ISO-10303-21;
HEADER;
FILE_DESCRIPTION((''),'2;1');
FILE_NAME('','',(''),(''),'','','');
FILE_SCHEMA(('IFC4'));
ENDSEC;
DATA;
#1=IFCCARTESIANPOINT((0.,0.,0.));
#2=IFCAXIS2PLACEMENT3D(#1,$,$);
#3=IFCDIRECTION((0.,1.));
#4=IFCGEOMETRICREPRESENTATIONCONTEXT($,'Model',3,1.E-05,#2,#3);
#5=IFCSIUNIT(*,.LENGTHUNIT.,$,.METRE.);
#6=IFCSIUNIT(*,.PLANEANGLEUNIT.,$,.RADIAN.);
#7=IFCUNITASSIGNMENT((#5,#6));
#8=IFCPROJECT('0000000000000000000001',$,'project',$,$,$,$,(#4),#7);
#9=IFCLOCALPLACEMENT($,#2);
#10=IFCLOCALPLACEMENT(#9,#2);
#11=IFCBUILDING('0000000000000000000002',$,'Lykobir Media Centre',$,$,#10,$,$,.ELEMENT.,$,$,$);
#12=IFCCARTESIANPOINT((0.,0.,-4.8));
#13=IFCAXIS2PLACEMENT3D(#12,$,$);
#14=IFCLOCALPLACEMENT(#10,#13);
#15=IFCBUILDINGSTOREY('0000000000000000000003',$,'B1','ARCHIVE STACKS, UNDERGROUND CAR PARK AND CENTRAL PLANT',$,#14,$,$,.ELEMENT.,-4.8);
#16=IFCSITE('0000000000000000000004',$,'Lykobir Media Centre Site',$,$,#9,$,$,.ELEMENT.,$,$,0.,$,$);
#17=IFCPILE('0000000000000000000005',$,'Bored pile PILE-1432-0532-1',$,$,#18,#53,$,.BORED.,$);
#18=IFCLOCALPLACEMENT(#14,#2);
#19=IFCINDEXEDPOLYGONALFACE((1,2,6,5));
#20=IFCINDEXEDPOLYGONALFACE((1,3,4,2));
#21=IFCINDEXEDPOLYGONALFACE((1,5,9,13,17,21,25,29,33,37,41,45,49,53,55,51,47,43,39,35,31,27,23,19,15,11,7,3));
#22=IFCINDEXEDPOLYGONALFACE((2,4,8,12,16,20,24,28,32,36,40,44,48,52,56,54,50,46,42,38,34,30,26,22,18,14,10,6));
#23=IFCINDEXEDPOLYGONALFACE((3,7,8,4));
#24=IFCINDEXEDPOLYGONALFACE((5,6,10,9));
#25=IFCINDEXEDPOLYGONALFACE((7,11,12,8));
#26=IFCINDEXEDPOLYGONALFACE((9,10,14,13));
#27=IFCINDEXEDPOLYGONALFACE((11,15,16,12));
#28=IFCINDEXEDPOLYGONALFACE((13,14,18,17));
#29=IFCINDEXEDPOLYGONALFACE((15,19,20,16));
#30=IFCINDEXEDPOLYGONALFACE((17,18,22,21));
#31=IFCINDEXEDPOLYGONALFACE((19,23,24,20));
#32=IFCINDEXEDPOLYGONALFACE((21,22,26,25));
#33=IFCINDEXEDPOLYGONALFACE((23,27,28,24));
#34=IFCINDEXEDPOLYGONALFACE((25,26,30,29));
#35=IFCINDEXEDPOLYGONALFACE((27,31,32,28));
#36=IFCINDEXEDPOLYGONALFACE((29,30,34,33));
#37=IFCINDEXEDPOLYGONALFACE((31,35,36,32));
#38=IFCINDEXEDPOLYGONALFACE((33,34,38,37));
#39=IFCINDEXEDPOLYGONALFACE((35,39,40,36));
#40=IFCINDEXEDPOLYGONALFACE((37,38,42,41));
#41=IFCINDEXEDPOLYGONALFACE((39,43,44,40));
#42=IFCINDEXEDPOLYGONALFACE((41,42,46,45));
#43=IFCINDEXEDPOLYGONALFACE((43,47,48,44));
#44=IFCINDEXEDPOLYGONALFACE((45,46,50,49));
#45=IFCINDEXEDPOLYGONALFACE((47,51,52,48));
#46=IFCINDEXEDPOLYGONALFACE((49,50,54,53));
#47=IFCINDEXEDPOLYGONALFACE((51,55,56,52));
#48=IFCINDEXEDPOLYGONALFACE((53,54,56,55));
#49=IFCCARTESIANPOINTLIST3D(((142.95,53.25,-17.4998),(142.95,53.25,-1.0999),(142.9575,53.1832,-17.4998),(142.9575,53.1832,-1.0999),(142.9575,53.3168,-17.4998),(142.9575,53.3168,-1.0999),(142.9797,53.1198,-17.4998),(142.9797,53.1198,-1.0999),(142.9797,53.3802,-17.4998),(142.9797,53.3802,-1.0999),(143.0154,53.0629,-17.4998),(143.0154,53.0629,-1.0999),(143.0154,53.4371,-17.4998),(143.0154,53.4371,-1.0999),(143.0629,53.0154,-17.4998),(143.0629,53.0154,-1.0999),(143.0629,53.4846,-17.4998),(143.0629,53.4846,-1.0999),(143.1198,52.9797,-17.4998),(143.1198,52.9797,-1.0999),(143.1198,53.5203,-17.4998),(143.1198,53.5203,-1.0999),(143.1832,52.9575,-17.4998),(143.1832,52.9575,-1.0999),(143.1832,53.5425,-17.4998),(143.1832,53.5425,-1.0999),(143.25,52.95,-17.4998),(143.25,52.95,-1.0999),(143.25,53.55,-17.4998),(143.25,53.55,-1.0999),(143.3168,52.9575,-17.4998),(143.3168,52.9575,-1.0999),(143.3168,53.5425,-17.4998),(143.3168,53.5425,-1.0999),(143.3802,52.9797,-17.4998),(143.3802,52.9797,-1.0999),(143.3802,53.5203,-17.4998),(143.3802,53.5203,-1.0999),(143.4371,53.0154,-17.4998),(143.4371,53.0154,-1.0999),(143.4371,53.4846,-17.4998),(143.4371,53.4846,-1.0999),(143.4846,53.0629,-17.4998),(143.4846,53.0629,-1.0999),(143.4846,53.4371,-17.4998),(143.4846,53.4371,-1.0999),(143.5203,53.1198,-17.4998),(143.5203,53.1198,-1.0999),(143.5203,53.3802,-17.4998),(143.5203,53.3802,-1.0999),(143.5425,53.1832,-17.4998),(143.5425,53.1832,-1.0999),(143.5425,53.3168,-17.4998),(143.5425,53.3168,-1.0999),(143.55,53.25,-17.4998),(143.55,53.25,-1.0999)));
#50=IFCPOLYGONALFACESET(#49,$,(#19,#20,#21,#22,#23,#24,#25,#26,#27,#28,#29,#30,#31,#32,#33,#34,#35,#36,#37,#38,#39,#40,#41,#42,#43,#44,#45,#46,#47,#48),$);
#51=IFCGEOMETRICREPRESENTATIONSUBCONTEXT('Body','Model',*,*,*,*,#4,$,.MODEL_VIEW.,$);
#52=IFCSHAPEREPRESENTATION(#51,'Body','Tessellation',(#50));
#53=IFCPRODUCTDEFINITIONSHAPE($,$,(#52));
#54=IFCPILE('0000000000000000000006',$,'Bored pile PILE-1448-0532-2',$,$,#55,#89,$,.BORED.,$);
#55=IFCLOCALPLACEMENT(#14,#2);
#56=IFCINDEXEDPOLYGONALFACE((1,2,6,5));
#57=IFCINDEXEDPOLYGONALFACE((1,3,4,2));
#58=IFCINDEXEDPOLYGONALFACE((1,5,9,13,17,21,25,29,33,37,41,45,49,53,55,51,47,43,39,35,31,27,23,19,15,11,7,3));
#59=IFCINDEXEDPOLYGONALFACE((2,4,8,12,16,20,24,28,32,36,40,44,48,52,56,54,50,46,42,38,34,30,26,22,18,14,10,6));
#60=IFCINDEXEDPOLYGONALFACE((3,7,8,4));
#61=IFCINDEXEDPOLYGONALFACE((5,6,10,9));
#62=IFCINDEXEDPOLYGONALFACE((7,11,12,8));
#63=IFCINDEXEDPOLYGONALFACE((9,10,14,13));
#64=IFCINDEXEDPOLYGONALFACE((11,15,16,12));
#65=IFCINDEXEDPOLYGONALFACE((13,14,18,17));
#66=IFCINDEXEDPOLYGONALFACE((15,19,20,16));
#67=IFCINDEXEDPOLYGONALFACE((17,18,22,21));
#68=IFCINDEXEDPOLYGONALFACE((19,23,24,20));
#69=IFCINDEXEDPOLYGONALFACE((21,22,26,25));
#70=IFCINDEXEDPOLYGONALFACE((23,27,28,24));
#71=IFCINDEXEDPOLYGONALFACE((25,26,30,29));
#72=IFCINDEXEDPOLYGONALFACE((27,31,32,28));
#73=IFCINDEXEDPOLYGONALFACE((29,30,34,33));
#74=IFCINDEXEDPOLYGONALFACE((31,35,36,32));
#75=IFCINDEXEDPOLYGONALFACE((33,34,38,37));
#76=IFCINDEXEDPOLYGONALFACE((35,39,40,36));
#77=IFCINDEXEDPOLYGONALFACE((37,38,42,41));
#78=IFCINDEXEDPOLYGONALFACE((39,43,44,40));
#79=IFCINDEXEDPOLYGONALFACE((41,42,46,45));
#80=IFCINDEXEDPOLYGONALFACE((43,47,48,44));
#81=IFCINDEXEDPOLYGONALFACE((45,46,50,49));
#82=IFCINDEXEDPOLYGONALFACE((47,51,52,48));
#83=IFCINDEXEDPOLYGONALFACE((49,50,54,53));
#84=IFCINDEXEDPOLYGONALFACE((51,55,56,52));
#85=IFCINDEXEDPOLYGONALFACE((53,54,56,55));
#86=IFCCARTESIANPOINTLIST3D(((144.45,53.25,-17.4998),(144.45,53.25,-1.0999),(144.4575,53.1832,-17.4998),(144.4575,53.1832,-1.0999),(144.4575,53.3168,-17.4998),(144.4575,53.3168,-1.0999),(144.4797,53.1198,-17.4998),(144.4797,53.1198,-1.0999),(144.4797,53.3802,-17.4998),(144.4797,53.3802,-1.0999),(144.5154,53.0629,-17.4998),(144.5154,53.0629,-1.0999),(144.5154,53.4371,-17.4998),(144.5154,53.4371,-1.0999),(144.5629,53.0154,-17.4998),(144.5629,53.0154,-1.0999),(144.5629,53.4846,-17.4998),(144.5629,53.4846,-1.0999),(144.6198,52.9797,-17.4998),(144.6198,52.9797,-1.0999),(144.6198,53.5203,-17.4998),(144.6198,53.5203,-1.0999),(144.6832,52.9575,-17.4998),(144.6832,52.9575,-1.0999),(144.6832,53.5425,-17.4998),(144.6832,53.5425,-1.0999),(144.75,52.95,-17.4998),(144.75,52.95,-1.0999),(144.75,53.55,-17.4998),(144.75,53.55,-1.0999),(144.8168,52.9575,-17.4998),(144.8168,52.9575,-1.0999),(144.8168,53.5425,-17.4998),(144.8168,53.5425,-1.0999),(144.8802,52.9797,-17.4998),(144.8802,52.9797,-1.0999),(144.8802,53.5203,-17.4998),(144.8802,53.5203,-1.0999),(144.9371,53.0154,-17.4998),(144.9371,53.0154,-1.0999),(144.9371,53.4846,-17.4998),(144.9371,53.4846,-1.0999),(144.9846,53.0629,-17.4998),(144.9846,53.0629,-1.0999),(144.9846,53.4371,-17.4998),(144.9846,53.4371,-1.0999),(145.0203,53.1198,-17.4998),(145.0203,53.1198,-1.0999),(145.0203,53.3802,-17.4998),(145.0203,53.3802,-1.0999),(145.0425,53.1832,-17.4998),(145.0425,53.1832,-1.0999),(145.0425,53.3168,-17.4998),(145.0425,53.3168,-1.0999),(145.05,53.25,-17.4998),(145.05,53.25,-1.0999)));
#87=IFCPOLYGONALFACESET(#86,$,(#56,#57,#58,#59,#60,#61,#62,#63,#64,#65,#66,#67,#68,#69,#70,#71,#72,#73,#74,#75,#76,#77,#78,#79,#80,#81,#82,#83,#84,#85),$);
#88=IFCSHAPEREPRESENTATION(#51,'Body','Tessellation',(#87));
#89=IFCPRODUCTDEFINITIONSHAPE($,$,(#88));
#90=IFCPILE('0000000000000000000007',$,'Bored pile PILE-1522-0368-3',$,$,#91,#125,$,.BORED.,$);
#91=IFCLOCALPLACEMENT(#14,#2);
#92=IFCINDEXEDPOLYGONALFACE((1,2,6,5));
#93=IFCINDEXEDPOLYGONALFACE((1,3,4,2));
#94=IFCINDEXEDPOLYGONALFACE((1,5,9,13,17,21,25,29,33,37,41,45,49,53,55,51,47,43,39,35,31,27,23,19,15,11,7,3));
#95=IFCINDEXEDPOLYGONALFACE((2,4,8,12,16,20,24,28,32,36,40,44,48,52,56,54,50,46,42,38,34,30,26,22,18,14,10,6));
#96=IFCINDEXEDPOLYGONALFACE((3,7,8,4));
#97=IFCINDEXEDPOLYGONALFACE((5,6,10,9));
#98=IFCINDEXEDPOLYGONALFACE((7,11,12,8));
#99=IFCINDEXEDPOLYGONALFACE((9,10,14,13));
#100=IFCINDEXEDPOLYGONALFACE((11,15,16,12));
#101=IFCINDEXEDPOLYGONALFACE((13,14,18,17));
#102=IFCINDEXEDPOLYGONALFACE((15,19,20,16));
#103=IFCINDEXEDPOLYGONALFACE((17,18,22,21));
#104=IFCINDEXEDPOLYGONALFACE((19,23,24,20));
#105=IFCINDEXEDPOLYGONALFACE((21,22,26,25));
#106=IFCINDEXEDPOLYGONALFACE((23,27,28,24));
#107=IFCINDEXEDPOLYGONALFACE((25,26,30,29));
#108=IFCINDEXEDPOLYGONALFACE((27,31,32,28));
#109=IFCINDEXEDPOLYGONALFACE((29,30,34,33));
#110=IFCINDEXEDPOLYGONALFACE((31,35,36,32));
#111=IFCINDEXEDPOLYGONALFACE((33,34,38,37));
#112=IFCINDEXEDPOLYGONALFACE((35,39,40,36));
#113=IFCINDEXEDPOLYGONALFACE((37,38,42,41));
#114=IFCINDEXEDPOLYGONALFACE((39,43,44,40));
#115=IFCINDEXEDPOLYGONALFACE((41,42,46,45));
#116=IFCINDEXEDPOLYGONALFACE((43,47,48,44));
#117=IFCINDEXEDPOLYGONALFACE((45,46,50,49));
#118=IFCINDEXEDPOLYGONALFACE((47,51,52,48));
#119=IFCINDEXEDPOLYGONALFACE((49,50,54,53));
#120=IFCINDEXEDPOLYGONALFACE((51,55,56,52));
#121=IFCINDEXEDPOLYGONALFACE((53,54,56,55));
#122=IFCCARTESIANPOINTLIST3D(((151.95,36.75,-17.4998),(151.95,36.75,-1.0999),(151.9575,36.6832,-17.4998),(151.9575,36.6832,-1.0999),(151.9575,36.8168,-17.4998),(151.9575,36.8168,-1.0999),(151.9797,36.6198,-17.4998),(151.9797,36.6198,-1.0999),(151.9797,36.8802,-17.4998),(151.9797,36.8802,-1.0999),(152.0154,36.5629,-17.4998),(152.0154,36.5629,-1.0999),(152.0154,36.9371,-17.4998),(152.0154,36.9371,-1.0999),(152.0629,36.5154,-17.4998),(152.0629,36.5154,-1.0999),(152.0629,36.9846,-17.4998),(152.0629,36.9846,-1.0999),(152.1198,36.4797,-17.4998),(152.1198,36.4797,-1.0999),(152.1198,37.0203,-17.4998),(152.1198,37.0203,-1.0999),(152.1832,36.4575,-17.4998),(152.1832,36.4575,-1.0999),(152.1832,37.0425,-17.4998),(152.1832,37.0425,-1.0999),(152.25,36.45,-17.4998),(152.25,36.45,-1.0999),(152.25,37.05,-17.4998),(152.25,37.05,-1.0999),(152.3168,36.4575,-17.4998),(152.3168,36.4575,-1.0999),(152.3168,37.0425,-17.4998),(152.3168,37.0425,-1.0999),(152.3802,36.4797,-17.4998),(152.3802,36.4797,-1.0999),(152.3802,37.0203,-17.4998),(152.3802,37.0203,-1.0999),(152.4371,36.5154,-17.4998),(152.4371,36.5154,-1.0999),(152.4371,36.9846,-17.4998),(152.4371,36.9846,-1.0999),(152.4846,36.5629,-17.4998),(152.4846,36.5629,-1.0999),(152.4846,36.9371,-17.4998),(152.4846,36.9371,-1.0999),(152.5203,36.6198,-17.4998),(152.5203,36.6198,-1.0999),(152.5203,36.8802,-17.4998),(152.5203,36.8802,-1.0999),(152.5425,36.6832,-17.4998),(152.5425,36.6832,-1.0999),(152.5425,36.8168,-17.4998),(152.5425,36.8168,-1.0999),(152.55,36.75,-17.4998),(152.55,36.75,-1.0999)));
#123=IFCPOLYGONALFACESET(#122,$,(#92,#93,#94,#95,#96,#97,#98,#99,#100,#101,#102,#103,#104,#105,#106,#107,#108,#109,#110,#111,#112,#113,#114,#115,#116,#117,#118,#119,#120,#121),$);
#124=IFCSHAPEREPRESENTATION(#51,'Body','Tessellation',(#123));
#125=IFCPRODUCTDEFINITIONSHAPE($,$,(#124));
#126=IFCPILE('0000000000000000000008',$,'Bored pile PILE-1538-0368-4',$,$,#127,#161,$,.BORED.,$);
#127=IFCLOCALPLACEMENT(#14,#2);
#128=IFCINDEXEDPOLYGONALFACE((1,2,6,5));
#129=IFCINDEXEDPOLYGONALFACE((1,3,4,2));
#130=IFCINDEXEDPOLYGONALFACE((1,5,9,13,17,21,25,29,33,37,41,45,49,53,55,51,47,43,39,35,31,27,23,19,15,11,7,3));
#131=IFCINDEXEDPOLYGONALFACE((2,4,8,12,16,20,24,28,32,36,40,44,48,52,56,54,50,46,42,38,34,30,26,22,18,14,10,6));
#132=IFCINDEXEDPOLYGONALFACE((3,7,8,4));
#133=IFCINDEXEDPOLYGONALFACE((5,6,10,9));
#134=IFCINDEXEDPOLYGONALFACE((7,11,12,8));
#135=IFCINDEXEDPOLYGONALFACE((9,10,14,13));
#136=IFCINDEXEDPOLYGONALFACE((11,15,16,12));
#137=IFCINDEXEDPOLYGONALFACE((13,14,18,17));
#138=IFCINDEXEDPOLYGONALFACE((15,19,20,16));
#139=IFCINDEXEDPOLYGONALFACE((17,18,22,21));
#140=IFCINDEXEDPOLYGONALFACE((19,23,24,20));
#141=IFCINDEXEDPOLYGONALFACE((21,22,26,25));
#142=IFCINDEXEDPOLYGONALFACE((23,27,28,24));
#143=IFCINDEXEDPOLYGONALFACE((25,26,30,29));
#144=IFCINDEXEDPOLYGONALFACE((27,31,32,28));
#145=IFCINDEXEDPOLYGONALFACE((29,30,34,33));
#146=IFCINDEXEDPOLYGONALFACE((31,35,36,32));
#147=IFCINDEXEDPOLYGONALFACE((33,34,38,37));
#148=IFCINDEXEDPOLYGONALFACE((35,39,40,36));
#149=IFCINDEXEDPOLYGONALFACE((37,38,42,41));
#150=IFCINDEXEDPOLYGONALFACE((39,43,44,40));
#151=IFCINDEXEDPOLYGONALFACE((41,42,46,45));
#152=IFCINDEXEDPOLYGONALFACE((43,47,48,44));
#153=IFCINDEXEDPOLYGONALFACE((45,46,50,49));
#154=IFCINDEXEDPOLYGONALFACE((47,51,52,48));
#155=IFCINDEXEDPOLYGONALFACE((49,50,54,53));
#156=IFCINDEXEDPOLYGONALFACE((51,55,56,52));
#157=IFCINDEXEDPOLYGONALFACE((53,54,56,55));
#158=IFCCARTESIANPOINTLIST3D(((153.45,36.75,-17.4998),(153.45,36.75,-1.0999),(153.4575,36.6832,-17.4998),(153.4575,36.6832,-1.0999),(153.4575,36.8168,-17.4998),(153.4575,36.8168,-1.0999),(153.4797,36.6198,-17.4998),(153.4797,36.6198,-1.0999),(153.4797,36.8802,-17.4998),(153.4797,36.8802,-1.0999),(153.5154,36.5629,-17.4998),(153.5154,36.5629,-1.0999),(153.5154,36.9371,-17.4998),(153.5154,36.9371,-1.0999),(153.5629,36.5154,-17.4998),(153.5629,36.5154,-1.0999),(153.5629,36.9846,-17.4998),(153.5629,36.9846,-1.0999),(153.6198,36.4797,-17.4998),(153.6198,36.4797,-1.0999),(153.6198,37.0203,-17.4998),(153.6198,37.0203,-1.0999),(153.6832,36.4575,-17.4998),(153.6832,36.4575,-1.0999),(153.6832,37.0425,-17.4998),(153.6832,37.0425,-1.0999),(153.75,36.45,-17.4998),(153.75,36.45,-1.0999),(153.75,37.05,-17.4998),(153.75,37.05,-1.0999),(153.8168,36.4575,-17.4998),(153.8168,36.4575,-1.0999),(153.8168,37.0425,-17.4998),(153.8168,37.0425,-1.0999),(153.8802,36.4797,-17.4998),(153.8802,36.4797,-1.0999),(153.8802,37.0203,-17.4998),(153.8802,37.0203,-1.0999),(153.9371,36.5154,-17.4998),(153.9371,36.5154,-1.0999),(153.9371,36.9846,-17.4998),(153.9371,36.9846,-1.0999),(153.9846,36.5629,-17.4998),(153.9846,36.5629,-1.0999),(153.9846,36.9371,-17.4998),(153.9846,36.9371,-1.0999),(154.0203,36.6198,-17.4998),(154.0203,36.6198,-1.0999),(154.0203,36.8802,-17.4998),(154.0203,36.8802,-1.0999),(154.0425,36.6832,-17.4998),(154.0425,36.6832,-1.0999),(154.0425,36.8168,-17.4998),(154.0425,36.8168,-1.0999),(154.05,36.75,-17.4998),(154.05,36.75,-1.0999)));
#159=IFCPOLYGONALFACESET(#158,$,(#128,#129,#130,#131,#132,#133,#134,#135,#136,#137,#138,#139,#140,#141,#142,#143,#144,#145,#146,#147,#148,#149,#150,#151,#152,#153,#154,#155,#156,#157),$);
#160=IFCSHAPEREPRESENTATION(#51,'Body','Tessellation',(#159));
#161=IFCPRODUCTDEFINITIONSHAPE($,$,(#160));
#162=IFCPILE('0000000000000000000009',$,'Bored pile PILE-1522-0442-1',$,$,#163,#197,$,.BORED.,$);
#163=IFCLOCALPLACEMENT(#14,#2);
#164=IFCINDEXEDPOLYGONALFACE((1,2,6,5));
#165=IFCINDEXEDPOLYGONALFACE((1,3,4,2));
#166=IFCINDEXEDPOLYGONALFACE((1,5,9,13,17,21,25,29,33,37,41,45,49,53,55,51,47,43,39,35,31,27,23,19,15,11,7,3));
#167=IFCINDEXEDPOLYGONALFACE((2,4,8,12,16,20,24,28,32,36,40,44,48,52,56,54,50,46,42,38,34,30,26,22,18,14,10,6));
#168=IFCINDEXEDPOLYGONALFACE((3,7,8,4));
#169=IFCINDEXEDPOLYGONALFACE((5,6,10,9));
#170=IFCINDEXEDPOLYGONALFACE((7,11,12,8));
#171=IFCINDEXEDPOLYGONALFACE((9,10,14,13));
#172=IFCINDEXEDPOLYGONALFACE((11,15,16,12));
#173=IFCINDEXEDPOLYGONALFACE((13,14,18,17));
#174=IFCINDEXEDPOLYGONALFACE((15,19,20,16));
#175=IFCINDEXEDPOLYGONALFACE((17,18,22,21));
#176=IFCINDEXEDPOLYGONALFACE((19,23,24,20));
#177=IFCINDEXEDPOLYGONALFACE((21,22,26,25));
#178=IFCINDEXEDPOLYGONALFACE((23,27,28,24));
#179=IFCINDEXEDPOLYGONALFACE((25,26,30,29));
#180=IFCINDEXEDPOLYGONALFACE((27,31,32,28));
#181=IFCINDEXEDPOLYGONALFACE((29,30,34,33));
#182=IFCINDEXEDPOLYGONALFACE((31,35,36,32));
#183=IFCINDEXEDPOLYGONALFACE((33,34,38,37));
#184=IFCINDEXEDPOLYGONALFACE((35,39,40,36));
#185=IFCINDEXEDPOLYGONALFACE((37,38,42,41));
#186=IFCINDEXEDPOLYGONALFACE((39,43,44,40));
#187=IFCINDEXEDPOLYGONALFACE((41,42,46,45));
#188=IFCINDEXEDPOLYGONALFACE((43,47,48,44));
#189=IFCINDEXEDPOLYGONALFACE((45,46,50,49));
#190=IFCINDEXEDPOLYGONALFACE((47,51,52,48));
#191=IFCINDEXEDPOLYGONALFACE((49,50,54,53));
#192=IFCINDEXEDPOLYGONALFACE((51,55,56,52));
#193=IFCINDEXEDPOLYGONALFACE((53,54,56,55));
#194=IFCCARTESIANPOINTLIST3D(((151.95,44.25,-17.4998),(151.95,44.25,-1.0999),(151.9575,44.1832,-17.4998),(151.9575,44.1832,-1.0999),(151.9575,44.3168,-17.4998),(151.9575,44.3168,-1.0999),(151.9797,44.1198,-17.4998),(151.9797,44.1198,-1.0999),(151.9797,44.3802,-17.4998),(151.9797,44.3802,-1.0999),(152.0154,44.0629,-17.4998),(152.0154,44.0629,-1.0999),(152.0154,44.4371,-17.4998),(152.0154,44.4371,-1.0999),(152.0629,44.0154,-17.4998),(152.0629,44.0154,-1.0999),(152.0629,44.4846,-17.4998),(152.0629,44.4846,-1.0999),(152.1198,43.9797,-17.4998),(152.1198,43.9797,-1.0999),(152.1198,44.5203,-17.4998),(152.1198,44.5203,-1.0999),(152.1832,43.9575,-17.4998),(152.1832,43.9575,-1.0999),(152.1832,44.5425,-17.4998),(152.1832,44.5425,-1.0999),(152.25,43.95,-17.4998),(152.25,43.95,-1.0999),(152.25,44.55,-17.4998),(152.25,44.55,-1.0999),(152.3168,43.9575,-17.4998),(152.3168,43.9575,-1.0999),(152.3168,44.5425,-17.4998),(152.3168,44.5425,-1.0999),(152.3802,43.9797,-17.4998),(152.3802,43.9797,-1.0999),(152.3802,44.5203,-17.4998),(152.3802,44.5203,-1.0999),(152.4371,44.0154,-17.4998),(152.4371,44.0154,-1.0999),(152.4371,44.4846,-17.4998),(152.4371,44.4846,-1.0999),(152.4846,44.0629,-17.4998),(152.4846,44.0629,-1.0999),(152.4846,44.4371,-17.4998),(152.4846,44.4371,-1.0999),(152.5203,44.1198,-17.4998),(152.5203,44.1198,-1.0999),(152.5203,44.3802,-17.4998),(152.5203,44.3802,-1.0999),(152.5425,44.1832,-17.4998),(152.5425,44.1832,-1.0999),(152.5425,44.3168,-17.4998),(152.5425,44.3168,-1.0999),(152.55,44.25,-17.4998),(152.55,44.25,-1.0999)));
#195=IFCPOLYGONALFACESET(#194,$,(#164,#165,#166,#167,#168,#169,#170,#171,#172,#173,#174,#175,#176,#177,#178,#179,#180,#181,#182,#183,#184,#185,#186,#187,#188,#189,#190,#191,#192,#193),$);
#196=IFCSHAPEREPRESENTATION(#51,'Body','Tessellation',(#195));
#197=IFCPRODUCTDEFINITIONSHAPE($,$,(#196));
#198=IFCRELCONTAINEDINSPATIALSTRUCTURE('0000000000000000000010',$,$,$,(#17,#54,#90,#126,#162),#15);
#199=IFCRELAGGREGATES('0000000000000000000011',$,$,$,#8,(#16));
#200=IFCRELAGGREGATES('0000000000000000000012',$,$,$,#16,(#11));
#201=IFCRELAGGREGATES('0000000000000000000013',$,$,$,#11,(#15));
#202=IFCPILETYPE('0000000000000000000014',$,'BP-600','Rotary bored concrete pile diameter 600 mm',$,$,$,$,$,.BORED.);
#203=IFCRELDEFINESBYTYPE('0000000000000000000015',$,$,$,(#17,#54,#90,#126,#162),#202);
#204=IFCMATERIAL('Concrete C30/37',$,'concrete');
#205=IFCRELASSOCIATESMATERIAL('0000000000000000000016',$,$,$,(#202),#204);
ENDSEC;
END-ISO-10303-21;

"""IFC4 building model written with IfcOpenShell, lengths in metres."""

from ifc_helpers import new_model, si_unit, direction, frame, origin, origin_2d, place, context, subcontext, project, spatial, circle, extrude, material, material_profile, profile_set, type_object, element, save


model = new_model("IFC4")

# Units and contexts
model_context = context("Model", 3, precision=1e-05, world=origin(), true_north=direction((0.0, 1.0)))
body_context = subcontext(model_context, "Body", "Model", "MODEL_VIEW")
ifc_project = project(units=[si_unit("LENGTHUNIT", "METRE"), si_unit("PLANEANGLEUNIT", "RADIAN")], contexts=[model_context])

# Site, building, storey
site_placement = place(None, origin())
site = spatial("IfcSite", under=ifc_project, at=site_placement, Name="Lykobir Media Centre Site", CompositionType="ELEMENT", RefElevation=0.0)
building_placement = place(site_placement, origin())
building = spatial("IfcBuilding", under=site, at=building_placement, Name="Lykobir Media Centre", CompositionType="ELEMENT")
storey_placement = place(building_placement, frame((0.0, 0.0, -4.8)))
storey = spatial("IfcBuildingStorey", under=building, at=storey_placement, Name="B1", Description="ARCHIVE STACKS, UNDERGROUND CAR PARK AND CENTRAL PLANT", CompositionType="ELEMENT", Elevation=-4.8)

# Piles
ifc_material_1 = material(Name="Concrete C30/37", Category="concrete")
ifc_material_profile_1 = material_profile(ifc_material_1, circle(Radius=0.3, at=origin_2d()), Name="BORED PILE D600")
ifc_profile_set_1 = profile_set([ifc_material_profile_1], Name="Concrete C30/37")
pile_type = type_object("IfcPileType", Name="BP-600", Description="Rotary bored concrete pile diameter 600 mm", PredefinedType="BORED", material=ifc_profile_set_1)
for number, where, z_axis, x_axis, name in (
    (1, (143.25, 53.25, -1.0999), (0.0, 0.0, -1.0), (1.0, 0.0, 0.0), "Bored pile PILE-1432-0532-1"),
    (2, (144.75, 53.25, -1.0999), (0.0, 0.0, -1.0), (1.0, 0.0, 0.0), "Bored pile PILE-1448-0532-2"),
    (3, (152.25, 36.75, -1.0999), (0.0, 0.0, -1.0), (1.0, 0.0, 0.0), "Bored pile PILE-1522-0368-3"),
    (4, (153.75, 36.75, -1.0999), (0.0, 0.0, -1.0), (1.0, 0.0, 0.0), "Bored pile PILE-1538-0368-4"),
    (5, (152.25, 44.25, -1.0999), (0.0, 0.0, -1.0), (1.0, 0.0, 0.0), "Bored pile PILE-1522-0442-1"),
):
    element("IfcPile", number, at=place(storey_placement, frame(where, z_axis=z_axis, x_axis=x_axis)), inside=storey, type_object=pile_type, Name=name, PredefinedType="BORED", context=body_context, shape_type="SweptSolid", body=[
        extrude(circle(Radius=0.3, at=origin_2d()), origin(), (0.0, 0.0, 1.0), 16.3999),
    ])

save(model, "model.ifc")
